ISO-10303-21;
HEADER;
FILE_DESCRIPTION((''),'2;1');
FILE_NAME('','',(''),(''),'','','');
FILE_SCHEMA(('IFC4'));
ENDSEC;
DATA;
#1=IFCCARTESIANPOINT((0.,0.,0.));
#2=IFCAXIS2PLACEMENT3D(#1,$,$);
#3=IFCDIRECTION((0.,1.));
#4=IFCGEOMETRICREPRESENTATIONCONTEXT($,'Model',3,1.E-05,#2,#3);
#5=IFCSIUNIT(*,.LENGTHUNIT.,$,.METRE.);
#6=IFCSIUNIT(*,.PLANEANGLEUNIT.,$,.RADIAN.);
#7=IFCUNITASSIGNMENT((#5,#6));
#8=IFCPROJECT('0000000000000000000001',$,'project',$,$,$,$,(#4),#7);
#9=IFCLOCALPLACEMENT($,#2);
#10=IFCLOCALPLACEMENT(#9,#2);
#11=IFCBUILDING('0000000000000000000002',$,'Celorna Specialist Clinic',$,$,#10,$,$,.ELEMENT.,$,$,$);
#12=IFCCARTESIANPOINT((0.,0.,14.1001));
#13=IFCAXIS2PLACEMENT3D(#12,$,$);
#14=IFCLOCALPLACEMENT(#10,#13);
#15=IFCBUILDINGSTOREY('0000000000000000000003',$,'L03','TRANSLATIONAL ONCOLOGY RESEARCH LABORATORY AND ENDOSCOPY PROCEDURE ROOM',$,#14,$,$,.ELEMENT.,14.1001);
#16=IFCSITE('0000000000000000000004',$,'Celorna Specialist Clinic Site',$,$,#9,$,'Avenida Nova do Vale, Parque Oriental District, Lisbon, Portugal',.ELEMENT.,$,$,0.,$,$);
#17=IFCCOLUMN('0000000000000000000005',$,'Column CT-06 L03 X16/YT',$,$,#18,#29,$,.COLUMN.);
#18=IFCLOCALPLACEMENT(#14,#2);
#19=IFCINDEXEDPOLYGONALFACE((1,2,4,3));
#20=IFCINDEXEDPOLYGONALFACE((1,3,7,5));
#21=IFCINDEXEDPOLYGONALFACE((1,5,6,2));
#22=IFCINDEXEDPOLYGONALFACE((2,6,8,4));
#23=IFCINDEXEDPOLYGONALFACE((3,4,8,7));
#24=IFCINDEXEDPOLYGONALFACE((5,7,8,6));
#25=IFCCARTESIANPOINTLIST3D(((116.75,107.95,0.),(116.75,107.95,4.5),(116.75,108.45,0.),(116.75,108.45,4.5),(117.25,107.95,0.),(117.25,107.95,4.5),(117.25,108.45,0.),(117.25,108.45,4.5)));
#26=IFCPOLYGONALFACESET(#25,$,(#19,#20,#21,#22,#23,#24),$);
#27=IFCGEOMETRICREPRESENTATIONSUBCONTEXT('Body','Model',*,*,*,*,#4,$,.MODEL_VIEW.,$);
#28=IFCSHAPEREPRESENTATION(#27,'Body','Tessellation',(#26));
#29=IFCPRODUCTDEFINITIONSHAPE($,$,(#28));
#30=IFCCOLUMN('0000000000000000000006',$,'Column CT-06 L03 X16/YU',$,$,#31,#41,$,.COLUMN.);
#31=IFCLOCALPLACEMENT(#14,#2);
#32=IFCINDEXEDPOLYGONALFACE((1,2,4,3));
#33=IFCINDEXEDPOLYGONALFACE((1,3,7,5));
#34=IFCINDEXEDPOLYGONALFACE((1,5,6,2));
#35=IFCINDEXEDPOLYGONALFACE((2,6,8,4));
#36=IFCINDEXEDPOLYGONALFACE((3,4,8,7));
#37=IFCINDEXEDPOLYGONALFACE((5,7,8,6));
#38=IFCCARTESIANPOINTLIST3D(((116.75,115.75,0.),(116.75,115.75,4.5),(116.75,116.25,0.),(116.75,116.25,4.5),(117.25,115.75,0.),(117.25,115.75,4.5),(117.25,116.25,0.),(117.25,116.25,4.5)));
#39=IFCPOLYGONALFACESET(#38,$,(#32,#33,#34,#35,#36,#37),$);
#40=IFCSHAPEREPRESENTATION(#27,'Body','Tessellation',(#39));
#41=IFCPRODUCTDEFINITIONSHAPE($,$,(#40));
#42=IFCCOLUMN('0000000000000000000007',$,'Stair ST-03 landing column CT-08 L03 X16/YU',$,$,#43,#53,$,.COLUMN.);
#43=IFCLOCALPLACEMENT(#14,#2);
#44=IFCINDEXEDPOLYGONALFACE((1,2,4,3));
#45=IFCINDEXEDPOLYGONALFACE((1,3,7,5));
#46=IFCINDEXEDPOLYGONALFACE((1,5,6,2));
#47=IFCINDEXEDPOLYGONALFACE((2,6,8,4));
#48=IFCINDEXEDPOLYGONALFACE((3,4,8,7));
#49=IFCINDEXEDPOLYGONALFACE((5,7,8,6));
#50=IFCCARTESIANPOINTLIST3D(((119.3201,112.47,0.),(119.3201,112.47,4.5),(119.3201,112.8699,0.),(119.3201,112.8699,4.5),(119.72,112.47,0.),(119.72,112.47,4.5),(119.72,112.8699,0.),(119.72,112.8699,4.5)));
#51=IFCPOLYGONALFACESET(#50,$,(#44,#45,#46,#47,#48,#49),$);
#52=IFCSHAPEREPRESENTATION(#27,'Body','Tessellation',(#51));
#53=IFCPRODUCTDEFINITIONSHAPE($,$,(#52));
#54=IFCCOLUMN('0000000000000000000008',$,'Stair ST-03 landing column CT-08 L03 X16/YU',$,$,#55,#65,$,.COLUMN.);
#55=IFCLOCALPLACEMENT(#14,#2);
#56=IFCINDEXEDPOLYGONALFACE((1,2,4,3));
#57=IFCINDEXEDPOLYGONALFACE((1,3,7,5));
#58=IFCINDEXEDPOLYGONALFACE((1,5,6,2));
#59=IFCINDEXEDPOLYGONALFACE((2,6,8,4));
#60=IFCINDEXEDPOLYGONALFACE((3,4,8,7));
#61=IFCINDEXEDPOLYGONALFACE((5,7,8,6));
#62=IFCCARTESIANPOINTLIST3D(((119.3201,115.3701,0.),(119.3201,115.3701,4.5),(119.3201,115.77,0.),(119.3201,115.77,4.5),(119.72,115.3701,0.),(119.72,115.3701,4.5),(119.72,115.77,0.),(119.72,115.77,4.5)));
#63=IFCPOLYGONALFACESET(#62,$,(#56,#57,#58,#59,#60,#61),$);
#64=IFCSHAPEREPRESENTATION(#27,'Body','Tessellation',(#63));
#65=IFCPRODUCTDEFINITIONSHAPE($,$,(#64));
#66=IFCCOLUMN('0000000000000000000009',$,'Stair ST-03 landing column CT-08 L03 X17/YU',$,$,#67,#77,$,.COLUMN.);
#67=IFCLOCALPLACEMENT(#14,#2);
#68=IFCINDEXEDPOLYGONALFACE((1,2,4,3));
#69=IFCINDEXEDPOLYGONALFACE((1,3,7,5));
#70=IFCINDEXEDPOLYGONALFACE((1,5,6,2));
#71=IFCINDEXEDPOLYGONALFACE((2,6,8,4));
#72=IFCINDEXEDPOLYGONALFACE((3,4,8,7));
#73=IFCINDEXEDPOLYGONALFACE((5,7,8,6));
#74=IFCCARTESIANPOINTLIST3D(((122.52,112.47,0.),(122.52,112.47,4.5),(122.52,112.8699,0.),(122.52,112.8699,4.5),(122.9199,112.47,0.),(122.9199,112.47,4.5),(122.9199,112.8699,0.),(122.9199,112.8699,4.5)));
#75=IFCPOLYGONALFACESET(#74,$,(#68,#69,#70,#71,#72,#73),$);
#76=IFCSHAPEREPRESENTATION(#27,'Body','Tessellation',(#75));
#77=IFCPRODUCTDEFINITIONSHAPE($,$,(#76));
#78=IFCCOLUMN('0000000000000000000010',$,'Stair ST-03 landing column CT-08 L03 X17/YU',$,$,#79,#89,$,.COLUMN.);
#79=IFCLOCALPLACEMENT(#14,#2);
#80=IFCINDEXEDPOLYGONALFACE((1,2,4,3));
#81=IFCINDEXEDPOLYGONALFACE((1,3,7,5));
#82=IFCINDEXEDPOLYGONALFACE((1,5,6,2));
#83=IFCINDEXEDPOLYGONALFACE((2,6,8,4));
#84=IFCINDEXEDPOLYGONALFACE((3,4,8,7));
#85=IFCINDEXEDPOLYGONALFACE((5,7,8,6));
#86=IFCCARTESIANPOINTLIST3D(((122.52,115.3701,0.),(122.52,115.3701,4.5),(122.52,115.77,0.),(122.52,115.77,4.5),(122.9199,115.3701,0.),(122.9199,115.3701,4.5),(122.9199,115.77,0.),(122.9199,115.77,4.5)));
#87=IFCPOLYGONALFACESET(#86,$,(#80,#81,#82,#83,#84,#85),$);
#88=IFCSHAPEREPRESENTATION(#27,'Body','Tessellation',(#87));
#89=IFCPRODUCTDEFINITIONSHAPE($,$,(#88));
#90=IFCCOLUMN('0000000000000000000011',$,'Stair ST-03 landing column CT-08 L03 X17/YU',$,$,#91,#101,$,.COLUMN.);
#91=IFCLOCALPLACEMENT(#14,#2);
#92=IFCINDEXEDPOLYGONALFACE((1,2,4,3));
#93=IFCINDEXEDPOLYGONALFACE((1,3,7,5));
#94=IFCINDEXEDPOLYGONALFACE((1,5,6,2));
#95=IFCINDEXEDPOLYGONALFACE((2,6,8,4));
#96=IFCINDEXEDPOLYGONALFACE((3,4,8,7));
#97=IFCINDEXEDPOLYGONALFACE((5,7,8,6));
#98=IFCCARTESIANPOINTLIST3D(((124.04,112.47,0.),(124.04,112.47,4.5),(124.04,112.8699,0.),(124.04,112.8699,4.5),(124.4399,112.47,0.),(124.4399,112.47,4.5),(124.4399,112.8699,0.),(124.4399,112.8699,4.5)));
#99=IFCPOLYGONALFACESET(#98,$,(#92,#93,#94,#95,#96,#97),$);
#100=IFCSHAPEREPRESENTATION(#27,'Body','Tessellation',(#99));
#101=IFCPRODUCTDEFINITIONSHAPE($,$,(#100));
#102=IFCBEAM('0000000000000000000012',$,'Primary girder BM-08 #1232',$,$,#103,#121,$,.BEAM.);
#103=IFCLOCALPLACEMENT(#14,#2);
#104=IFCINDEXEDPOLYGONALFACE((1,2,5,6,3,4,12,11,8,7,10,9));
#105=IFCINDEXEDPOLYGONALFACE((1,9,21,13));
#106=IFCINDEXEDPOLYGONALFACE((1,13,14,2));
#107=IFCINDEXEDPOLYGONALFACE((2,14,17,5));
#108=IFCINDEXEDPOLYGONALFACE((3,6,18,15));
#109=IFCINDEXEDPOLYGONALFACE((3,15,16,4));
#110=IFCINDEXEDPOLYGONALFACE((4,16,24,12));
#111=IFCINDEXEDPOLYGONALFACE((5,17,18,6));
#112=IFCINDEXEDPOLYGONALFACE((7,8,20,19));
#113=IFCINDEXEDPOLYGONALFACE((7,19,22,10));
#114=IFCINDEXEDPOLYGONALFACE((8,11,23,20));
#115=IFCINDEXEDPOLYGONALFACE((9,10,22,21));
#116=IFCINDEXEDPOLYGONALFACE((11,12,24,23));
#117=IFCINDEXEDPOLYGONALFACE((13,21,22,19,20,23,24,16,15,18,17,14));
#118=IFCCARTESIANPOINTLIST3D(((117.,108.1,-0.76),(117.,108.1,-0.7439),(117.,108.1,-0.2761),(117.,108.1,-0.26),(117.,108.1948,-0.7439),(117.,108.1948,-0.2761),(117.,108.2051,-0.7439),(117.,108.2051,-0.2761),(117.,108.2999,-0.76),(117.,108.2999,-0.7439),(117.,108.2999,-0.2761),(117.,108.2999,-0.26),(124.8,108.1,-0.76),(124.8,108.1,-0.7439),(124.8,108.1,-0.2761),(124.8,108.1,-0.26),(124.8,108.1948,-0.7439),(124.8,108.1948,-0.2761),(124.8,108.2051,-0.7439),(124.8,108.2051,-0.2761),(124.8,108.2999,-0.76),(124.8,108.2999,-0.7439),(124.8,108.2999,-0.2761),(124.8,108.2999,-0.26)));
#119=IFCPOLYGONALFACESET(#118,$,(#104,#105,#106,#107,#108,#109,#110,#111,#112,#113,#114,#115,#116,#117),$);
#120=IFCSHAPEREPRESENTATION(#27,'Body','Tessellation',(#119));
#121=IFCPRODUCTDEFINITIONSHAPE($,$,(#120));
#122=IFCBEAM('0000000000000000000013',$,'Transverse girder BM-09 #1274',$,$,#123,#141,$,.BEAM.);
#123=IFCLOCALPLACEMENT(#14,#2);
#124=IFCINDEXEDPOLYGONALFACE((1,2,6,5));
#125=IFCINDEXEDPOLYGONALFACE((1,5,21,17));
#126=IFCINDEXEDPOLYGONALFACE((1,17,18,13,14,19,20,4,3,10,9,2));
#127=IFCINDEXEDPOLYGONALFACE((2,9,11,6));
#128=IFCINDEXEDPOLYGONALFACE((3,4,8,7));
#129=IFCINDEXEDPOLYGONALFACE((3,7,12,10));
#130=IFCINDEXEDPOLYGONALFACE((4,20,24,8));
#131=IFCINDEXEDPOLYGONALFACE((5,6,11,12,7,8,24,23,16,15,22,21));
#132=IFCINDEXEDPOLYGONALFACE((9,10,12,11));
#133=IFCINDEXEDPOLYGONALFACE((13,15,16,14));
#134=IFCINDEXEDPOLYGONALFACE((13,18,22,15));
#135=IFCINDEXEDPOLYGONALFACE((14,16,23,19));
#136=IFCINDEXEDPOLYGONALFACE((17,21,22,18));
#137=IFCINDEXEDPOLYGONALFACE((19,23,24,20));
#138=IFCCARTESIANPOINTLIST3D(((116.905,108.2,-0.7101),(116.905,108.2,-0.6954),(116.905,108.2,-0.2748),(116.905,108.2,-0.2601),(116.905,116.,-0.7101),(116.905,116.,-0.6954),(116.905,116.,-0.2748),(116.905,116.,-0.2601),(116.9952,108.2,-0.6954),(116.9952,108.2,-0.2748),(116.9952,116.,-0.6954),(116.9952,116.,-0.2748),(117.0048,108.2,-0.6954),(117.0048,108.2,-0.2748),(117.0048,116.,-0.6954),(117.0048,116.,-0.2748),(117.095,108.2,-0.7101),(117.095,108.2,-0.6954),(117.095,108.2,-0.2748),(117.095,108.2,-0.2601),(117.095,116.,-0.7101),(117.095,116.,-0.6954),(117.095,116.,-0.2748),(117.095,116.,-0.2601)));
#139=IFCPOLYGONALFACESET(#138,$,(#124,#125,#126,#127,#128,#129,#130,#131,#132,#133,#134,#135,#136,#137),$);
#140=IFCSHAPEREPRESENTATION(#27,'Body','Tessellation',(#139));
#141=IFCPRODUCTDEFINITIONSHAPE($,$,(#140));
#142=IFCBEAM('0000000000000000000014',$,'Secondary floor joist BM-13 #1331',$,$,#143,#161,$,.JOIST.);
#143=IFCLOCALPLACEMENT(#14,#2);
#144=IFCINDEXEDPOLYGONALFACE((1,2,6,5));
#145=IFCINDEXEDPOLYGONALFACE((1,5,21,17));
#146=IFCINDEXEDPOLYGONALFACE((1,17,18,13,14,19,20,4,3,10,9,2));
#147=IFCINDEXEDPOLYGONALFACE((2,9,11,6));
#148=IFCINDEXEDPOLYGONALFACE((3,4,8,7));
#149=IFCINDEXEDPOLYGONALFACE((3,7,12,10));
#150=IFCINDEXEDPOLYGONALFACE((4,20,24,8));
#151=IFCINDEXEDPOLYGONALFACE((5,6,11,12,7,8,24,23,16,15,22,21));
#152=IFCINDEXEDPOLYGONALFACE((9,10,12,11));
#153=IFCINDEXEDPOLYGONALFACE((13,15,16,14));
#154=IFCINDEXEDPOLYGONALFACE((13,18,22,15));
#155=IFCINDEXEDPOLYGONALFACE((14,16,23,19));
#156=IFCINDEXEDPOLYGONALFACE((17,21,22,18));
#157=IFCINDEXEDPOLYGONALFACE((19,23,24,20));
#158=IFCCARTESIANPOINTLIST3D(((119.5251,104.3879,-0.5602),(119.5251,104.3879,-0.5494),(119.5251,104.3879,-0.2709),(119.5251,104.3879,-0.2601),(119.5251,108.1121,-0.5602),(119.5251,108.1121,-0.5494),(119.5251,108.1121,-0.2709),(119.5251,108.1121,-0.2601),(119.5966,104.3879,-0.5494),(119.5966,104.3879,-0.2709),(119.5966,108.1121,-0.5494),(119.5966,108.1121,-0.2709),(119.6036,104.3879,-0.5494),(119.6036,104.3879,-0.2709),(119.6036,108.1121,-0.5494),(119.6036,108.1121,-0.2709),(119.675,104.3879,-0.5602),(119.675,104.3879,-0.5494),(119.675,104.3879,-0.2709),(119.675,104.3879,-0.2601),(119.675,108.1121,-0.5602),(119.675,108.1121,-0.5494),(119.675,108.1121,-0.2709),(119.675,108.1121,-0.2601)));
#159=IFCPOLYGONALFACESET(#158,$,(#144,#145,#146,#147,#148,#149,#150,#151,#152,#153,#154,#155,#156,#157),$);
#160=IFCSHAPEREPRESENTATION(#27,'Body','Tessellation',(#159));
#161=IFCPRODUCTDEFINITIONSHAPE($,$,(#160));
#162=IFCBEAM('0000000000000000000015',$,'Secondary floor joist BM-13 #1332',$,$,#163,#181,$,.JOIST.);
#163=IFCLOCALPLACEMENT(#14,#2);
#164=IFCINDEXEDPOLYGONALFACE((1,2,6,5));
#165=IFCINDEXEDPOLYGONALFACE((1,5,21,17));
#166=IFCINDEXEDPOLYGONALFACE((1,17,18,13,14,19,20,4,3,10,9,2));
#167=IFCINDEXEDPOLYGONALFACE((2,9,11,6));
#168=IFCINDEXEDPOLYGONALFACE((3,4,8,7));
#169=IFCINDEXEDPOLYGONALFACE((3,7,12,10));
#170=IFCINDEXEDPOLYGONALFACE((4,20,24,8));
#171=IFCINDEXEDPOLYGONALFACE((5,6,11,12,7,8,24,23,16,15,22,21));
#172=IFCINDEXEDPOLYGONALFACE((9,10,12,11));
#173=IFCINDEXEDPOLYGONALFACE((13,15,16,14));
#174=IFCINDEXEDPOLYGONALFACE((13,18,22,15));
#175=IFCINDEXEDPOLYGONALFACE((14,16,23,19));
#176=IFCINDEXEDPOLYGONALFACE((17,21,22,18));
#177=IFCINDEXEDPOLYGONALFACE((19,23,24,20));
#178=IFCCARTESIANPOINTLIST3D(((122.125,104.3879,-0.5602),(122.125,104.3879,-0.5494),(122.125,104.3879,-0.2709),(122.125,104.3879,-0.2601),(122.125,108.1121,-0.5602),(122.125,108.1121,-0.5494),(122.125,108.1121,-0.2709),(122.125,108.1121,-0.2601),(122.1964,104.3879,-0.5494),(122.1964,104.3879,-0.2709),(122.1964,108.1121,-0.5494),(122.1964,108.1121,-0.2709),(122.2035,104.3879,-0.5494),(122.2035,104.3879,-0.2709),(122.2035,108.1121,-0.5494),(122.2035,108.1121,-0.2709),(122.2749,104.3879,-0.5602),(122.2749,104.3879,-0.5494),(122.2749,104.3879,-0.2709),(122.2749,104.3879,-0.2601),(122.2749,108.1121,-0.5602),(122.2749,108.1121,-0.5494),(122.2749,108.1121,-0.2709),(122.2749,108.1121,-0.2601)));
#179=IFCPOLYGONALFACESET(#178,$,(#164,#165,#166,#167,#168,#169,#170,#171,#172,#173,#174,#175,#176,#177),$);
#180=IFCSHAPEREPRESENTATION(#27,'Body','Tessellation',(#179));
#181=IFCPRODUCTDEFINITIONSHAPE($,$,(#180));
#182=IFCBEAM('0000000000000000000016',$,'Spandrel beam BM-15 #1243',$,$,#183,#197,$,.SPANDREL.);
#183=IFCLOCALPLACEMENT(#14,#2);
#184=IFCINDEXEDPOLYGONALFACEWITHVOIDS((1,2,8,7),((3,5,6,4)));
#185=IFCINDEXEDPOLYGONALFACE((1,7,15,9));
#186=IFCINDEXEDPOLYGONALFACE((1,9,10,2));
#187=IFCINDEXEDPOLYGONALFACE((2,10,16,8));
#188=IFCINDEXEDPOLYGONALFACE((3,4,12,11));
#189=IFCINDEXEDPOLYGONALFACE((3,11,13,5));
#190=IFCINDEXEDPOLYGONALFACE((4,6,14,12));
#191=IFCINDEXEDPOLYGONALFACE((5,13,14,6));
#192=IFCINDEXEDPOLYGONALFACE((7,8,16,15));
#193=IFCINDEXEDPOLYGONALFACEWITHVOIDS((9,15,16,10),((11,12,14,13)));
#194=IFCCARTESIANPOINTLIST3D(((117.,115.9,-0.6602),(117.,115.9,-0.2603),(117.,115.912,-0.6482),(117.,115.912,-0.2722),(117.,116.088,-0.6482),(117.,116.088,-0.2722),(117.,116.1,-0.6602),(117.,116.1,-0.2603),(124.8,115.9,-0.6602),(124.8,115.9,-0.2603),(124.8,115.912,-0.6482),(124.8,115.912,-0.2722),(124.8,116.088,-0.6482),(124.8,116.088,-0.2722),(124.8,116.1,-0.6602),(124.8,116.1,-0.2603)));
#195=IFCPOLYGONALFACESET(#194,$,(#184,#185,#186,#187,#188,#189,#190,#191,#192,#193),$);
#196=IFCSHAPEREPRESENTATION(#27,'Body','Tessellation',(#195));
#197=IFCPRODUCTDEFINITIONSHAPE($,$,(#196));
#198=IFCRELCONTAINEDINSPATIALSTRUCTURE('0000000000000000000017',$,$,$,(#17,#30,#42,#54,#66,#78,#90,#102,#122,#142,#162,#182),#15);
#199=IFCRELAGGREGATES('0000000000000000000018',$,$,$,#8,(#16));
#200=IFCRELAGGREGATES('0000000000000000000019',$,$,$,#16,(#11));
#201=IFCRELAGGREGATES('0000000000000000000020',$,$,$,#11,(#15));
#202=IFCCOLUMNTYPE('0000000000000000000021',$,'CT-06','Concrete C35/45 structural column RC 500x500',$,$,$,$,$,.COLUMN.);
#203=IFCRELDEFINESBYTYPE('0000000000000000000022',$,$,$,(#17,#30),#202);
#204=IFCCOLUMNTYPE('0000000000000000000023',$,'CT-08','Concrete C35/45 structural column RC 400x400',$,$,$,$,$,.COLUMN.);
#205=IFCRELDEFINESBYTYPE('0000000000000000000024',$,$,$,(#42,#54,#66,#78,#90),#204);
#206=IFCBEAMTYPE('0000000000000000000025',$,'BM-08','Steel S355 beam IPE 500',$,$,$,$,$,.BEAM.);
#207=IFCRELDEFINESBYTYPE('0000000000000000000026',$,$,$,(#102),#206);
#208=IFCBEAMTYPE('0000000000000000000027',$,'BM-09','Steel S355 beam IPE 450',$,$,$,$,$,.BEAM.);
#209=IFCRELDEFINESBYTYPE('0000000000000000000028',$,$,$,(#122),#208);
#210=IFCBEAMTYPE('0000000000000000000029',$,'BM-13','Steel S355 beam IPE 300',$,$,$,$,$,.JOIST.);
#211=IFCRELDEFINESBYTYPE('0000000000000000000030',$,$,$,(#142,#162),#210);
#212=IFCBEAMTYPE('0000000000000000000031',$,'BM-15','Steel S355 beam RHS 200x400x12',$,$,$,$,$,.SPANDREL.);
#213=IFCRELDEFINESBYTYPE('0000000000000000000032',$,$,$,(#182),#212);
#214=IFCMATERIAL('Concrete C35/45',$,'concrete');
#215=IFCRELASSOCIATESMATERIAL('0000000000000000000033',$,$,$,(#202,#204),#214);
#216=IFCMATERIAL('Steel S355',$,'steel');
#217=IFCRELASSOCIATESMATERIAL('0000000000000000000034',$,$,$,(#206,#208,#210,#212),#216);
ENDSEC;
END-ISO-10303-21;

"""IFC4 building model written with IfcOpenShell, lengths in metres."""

from ifc_helpers import new_model, si_unit, direction, frame, origin, origin_2d, place, context, subcontext, project, spatial, rectangle, hollow_rectangle, i_section, extrude, material, material_profile, profile_set, type_object, element, save


model = new_model("IFC4")

# Units and contexts
model_context = context("Model", 3, precision=1e-05, world=origin(), true_north=direction((0.0, 1.0)))
body_context = subcontext(model_context, "Body", "Model", "MODEL_VIEW")
ifc_project = project(units=[si_unit("LENGTHUNIT", "METRE"), si_unit("PLANEANGLEUNIT", "RADIAN")], contexts=[model_context])

# Site, building, storey
site_placement = place(None, origin())
site = spatial("IfcSite", under=ifc_project, at=site_placement, Name="Celorna Specialist Clinic Site", LongName="Avenida Nova do Vale, Parque Oriental District, Lisbon, Portugal", CompositionType="ELEMENT", RefElevation=0.0)
building_placement = place(site_placement, origin())
building = spatial("IfcBuilding", under=site, at=building_placement, Name="Celorna Specialist Clinic", CompositionType="ELEMENT")
storey_placement = place(building_placement, frame((0.0, 0.0, 14.1001)))
storey = spatial("IfcBuildingStorey", under=building, at=storey_placement, Name="L03", Description="TRANSLATIONAL ONCOLOGY RESEARCH LABORATORY AND ENDOSCOPY PROCEDURE ROOM", CompositionType="ELEMENT", Elevation=14.1001)

# Columns
ifc_material_1 = material(Name="Concrete C35/45", Category="concrete")
ifc_material_profile_1 = material_profile(ifc_material_1, rectangle(XDim=0.5, YDim=0.5, at=origin_2d()), Name="RC 500x500")
ifc_profile_set_1 = profile_set([ifc_material_profile_1], Name="Concrete C35/45")
column_type_1 = type_object("IfcColumnType", Name="CT-06", Description="Concrete C35/45 structural column RC 500x500", PredefinedType="COLUMN", material=ifc_profile_set_1)
for number, where, z_axis, x_axis, name in (
    (1, (117.0, 108.2, 0.0), (0.0, 0.0, 1.0), (1.0, 0.0, 0.0), "Column CT-06 L03 X16/YT"),
    (2, (117.0, 116.0, 0.0), (0.0, 0.0, 1.0), (1.0, 0.0, 0.0), "Column CT-06 L03 X16/YU"),
):
    element("IfcColumn", number, at=place(storey_placement, frame(where, z_axis=z_axis, x_axis=x_axis)), inside=storey, type_object=column_type_1, Name=name, PredefinedType="COLUMN", context=body_context, shape_type="SweptSolid", body=[
        extrude(rectangle(XDim=0.5, YDim=0.5, at=origin_2d()), origin(), (0.0, 0.0, 1.0), 4.5),
    ])
ifc_material_profile_2 = material_profile(ifc_material_1, rectangle(XDim=0.3999, YDim=0.3999, at=origin_2d()), Name="RC 400x400")
ifc_profile_set_2 = profile_set([ifc_material_profile_2], Name="Concrete C35/45")
column_type_2 = type_object("IfcColumnType", Name="CT-08", Description="Concrete C35/45 structural column RC 400x400", PredefinedType="COLUMN", material=ifc_profile_set_2)
for number, where, z_axis, x_axis, name in (
    (3, (119.52, 112.6699, 0.0), (0.0, 0.0, 1.0), (1.0, 0.0, 0.0), "Stair ST-03 landing column CT-08 L03 X16/YU"),
    (4, (119.52, 115.5701, 0.0), (0.0, 0.0, 1.0), (1.0, 0.0, 0.0), "Stair ST-03 landing column CT-08 L03 X16/YU"),
    (5, (122.72, 112.6699, 0.0), (0.0, 0.0, 1.0), (1.0, 0.0, 0.0), "Stair ST-03 landing column CT-08 L03 X17/YU"),
    (6, (122.72, 115.5701, 0.0), (0.0, 0.0, 1.0), (1.0, 0.0, 0.0), "Stair ST-03 landing column CT-08 L03 X17/YU"),
    (7, (124.24, 112.6699, 0.0), (0.0, 0.0, 1.0), (1.0, 0.0, 0.0), "Stair ST-03 landing column CT-08 L03 X17/YU"),
):
    element("IfcColumn", number, at=place(storey_placement, frame(where, z_axis=z_axis, x_axis=x_axis)), inside=storey, type_object=column_type_2, Name=name, PredefinedType="COLUMN", context=body_context, shape_type="SweptSolid", body=[
        extrude(rectangle(XDim=0.3999, YDim=0.3999, at=origin_2d()), origin(), (0.0, 0.0, 1.0), 4.5),
    ])

# Beams
ifc_material_2 = material(Name="Steel S355", Category="steel")
ifc_material_profile_3 = material_profile(ifc_material_2, i_section(OverallWidth=0.2, OverallDepth=0.5, WebThickness=0.0103, FlangeThickness=0.0161, at=origin_2d()), Name="IPE 500")
ifc_profile_set_3 = profile_set([ifc_material_profile_3], Name="Steel S355")
beam_type_1 = type_object("IfcBeamType", Name="BM-08", Description="Steel S355 beam IPE 500", PredefinedType="BEAM", material=ifc_profile_set_3)
beam_1_placement = place(storey_placement, frame((117.0, 108.2, -0.51), z_axis=(1.0, 0.0, 0.0), x_axis=(0.0, 1.0, 0.0)))
element("IfcBeam", 8, at=beam_1_placement, inside=storey, type_object=beam_type_1, Name="Primary girder BM-08 #1232", PredefinedType="BEAM", context=body_context, shape_type="SweptSolid", body=[
    extrude(i_section(OverallWidth=0.2, OverallDepth=0.5, WebThickness=0.0103, FlangeThickness=0.0161, at=origin_2d()), origin(), (0.0, 0.0, 1.0), 7.8),
])
ifc_material_profile_4 = material_profile(ifc_material_2, i_section(OverallWidth=0.1899, OverallDepth=0.45, WebThickness=0.0095, FlangeThickness=0.0146, at=origin_2d()), Name="IPE 450")
ifc_profile_set_4 = profile_set([ifc_material_profile_4], Name="Steel S355")
beam_type_2 = type_object("IfcBeamType", Name="BM-09", Description="Steel S355 beam IPE 450", PredefinedType="BEAM", material=ifc_profile_set_4)
beam_2_placement = place(storey_placement, frame((117.0, 108.2, -0.4851), z_axis=(0.0, 1.0, 0.0), x_axis=(-1.0, 0.0, 0.0)))
element("IfcBeam", 9, at=beam_2_placement, inside=storey, type_object=beam_type_2, Name="Transverse girder BM-09 #1274", PredefinedType="BEAM", context=body_context, shape_type="SweptSolid", body=[
    extrude(i_section(OverallWidth=0.1899, OverallDepth=0.45, WebThickness=0.0095, FlangeThickness=0.0146, at=origin_2d()), origin(), (0.0, 0.0, 1.0), 7.8),
])
ifc_material_profile_5 = material_profile(ifc_material_2, i_section(OverallWidth=0.1499, OverallDepth=0.3, WebThickness=0.0071, FlangeThickness=0.0107, at=origin_2d()), Name="IPE 300")
ifc_profile_set_5 = profile_set([ifc_material_profile_5], Name="Steel S355")
beam_type_3 = type_object("IfcBeamType", Name="BM-13", Description="Steel S355 beam IPE 300", PredefinedType="JOIST", material=ifc_profile_set_5)
for number, where, z_axis, x_axis, name in (
    (10, (119.6001, 104.3879, -0.4102), (0.0, 1.0, 0.0), (-1.0, 0.0, 0.0), "Secondary floor joist BM-13 #1331"),
    (11, (122.2, 104.3879, -0.4102), (0.0, 1.0, 0.0), (-1.0, 0.0, 0.0), "Secondary floor joist BM-13 #1332"),
):
    element("IfcBeam", number, at=place(storey_placement, frame(where, z_axis=z_axis, x_axis=x_axis)), inside=storey, type_object=beam_type_3, Name=name, PredefinedType="JOIST", context=body_context, shape_type="SweptSolid", body=[
        extrude(i_section(OverallWidth=0.1499, OverallDepth=0.3, WebThickness=0.0071, FlangeThickness=0.0107, at=origin_2d()), origin(), (0.0, 0.0, 1.0), 3.7241),
    ])
ifc_material_profile_6 = material_profile(ifc_material_2, hollow_rectangle(XDim=0.2, YDim=0.3999, WallThickness=0.012, at=origin_2d()), Name="RHS 200x400x12")
ifc_profile_set_6 = profile_set([ifc_material_profile_6], Name="Steel S355")
beam_type_4 = type_object("IfcBeamType", Name="BM-15", Description="Steel S355 beam RHS 200x400x12", PredefinedType="SPANDREL", material=ifc_profile_set_6)
beam_3_placement = place(storey_placement, frame((117.0, 116.0, -0.4602), z_axis=(1.0, 0.0, 0.0), x_axis=(0.0, 1.0, 0.0)))
element("IfcBeam", 12, at=beam_3_placement, inside=storey, type_object=beam_type_4, Name="Spandrel beam BM-15 #1243", PredefinedType="SPANDREL", context=body_context, shape_type="SweptSolid", body=[
    extrude(hollow_rectangle(XDim=0.2, YDim=0.3999, WallThickness=0.012, at=origin_2d()), origin(), (0.0, 0.0, 1.0), 7.8),
])

save(model, "model.ifc")
